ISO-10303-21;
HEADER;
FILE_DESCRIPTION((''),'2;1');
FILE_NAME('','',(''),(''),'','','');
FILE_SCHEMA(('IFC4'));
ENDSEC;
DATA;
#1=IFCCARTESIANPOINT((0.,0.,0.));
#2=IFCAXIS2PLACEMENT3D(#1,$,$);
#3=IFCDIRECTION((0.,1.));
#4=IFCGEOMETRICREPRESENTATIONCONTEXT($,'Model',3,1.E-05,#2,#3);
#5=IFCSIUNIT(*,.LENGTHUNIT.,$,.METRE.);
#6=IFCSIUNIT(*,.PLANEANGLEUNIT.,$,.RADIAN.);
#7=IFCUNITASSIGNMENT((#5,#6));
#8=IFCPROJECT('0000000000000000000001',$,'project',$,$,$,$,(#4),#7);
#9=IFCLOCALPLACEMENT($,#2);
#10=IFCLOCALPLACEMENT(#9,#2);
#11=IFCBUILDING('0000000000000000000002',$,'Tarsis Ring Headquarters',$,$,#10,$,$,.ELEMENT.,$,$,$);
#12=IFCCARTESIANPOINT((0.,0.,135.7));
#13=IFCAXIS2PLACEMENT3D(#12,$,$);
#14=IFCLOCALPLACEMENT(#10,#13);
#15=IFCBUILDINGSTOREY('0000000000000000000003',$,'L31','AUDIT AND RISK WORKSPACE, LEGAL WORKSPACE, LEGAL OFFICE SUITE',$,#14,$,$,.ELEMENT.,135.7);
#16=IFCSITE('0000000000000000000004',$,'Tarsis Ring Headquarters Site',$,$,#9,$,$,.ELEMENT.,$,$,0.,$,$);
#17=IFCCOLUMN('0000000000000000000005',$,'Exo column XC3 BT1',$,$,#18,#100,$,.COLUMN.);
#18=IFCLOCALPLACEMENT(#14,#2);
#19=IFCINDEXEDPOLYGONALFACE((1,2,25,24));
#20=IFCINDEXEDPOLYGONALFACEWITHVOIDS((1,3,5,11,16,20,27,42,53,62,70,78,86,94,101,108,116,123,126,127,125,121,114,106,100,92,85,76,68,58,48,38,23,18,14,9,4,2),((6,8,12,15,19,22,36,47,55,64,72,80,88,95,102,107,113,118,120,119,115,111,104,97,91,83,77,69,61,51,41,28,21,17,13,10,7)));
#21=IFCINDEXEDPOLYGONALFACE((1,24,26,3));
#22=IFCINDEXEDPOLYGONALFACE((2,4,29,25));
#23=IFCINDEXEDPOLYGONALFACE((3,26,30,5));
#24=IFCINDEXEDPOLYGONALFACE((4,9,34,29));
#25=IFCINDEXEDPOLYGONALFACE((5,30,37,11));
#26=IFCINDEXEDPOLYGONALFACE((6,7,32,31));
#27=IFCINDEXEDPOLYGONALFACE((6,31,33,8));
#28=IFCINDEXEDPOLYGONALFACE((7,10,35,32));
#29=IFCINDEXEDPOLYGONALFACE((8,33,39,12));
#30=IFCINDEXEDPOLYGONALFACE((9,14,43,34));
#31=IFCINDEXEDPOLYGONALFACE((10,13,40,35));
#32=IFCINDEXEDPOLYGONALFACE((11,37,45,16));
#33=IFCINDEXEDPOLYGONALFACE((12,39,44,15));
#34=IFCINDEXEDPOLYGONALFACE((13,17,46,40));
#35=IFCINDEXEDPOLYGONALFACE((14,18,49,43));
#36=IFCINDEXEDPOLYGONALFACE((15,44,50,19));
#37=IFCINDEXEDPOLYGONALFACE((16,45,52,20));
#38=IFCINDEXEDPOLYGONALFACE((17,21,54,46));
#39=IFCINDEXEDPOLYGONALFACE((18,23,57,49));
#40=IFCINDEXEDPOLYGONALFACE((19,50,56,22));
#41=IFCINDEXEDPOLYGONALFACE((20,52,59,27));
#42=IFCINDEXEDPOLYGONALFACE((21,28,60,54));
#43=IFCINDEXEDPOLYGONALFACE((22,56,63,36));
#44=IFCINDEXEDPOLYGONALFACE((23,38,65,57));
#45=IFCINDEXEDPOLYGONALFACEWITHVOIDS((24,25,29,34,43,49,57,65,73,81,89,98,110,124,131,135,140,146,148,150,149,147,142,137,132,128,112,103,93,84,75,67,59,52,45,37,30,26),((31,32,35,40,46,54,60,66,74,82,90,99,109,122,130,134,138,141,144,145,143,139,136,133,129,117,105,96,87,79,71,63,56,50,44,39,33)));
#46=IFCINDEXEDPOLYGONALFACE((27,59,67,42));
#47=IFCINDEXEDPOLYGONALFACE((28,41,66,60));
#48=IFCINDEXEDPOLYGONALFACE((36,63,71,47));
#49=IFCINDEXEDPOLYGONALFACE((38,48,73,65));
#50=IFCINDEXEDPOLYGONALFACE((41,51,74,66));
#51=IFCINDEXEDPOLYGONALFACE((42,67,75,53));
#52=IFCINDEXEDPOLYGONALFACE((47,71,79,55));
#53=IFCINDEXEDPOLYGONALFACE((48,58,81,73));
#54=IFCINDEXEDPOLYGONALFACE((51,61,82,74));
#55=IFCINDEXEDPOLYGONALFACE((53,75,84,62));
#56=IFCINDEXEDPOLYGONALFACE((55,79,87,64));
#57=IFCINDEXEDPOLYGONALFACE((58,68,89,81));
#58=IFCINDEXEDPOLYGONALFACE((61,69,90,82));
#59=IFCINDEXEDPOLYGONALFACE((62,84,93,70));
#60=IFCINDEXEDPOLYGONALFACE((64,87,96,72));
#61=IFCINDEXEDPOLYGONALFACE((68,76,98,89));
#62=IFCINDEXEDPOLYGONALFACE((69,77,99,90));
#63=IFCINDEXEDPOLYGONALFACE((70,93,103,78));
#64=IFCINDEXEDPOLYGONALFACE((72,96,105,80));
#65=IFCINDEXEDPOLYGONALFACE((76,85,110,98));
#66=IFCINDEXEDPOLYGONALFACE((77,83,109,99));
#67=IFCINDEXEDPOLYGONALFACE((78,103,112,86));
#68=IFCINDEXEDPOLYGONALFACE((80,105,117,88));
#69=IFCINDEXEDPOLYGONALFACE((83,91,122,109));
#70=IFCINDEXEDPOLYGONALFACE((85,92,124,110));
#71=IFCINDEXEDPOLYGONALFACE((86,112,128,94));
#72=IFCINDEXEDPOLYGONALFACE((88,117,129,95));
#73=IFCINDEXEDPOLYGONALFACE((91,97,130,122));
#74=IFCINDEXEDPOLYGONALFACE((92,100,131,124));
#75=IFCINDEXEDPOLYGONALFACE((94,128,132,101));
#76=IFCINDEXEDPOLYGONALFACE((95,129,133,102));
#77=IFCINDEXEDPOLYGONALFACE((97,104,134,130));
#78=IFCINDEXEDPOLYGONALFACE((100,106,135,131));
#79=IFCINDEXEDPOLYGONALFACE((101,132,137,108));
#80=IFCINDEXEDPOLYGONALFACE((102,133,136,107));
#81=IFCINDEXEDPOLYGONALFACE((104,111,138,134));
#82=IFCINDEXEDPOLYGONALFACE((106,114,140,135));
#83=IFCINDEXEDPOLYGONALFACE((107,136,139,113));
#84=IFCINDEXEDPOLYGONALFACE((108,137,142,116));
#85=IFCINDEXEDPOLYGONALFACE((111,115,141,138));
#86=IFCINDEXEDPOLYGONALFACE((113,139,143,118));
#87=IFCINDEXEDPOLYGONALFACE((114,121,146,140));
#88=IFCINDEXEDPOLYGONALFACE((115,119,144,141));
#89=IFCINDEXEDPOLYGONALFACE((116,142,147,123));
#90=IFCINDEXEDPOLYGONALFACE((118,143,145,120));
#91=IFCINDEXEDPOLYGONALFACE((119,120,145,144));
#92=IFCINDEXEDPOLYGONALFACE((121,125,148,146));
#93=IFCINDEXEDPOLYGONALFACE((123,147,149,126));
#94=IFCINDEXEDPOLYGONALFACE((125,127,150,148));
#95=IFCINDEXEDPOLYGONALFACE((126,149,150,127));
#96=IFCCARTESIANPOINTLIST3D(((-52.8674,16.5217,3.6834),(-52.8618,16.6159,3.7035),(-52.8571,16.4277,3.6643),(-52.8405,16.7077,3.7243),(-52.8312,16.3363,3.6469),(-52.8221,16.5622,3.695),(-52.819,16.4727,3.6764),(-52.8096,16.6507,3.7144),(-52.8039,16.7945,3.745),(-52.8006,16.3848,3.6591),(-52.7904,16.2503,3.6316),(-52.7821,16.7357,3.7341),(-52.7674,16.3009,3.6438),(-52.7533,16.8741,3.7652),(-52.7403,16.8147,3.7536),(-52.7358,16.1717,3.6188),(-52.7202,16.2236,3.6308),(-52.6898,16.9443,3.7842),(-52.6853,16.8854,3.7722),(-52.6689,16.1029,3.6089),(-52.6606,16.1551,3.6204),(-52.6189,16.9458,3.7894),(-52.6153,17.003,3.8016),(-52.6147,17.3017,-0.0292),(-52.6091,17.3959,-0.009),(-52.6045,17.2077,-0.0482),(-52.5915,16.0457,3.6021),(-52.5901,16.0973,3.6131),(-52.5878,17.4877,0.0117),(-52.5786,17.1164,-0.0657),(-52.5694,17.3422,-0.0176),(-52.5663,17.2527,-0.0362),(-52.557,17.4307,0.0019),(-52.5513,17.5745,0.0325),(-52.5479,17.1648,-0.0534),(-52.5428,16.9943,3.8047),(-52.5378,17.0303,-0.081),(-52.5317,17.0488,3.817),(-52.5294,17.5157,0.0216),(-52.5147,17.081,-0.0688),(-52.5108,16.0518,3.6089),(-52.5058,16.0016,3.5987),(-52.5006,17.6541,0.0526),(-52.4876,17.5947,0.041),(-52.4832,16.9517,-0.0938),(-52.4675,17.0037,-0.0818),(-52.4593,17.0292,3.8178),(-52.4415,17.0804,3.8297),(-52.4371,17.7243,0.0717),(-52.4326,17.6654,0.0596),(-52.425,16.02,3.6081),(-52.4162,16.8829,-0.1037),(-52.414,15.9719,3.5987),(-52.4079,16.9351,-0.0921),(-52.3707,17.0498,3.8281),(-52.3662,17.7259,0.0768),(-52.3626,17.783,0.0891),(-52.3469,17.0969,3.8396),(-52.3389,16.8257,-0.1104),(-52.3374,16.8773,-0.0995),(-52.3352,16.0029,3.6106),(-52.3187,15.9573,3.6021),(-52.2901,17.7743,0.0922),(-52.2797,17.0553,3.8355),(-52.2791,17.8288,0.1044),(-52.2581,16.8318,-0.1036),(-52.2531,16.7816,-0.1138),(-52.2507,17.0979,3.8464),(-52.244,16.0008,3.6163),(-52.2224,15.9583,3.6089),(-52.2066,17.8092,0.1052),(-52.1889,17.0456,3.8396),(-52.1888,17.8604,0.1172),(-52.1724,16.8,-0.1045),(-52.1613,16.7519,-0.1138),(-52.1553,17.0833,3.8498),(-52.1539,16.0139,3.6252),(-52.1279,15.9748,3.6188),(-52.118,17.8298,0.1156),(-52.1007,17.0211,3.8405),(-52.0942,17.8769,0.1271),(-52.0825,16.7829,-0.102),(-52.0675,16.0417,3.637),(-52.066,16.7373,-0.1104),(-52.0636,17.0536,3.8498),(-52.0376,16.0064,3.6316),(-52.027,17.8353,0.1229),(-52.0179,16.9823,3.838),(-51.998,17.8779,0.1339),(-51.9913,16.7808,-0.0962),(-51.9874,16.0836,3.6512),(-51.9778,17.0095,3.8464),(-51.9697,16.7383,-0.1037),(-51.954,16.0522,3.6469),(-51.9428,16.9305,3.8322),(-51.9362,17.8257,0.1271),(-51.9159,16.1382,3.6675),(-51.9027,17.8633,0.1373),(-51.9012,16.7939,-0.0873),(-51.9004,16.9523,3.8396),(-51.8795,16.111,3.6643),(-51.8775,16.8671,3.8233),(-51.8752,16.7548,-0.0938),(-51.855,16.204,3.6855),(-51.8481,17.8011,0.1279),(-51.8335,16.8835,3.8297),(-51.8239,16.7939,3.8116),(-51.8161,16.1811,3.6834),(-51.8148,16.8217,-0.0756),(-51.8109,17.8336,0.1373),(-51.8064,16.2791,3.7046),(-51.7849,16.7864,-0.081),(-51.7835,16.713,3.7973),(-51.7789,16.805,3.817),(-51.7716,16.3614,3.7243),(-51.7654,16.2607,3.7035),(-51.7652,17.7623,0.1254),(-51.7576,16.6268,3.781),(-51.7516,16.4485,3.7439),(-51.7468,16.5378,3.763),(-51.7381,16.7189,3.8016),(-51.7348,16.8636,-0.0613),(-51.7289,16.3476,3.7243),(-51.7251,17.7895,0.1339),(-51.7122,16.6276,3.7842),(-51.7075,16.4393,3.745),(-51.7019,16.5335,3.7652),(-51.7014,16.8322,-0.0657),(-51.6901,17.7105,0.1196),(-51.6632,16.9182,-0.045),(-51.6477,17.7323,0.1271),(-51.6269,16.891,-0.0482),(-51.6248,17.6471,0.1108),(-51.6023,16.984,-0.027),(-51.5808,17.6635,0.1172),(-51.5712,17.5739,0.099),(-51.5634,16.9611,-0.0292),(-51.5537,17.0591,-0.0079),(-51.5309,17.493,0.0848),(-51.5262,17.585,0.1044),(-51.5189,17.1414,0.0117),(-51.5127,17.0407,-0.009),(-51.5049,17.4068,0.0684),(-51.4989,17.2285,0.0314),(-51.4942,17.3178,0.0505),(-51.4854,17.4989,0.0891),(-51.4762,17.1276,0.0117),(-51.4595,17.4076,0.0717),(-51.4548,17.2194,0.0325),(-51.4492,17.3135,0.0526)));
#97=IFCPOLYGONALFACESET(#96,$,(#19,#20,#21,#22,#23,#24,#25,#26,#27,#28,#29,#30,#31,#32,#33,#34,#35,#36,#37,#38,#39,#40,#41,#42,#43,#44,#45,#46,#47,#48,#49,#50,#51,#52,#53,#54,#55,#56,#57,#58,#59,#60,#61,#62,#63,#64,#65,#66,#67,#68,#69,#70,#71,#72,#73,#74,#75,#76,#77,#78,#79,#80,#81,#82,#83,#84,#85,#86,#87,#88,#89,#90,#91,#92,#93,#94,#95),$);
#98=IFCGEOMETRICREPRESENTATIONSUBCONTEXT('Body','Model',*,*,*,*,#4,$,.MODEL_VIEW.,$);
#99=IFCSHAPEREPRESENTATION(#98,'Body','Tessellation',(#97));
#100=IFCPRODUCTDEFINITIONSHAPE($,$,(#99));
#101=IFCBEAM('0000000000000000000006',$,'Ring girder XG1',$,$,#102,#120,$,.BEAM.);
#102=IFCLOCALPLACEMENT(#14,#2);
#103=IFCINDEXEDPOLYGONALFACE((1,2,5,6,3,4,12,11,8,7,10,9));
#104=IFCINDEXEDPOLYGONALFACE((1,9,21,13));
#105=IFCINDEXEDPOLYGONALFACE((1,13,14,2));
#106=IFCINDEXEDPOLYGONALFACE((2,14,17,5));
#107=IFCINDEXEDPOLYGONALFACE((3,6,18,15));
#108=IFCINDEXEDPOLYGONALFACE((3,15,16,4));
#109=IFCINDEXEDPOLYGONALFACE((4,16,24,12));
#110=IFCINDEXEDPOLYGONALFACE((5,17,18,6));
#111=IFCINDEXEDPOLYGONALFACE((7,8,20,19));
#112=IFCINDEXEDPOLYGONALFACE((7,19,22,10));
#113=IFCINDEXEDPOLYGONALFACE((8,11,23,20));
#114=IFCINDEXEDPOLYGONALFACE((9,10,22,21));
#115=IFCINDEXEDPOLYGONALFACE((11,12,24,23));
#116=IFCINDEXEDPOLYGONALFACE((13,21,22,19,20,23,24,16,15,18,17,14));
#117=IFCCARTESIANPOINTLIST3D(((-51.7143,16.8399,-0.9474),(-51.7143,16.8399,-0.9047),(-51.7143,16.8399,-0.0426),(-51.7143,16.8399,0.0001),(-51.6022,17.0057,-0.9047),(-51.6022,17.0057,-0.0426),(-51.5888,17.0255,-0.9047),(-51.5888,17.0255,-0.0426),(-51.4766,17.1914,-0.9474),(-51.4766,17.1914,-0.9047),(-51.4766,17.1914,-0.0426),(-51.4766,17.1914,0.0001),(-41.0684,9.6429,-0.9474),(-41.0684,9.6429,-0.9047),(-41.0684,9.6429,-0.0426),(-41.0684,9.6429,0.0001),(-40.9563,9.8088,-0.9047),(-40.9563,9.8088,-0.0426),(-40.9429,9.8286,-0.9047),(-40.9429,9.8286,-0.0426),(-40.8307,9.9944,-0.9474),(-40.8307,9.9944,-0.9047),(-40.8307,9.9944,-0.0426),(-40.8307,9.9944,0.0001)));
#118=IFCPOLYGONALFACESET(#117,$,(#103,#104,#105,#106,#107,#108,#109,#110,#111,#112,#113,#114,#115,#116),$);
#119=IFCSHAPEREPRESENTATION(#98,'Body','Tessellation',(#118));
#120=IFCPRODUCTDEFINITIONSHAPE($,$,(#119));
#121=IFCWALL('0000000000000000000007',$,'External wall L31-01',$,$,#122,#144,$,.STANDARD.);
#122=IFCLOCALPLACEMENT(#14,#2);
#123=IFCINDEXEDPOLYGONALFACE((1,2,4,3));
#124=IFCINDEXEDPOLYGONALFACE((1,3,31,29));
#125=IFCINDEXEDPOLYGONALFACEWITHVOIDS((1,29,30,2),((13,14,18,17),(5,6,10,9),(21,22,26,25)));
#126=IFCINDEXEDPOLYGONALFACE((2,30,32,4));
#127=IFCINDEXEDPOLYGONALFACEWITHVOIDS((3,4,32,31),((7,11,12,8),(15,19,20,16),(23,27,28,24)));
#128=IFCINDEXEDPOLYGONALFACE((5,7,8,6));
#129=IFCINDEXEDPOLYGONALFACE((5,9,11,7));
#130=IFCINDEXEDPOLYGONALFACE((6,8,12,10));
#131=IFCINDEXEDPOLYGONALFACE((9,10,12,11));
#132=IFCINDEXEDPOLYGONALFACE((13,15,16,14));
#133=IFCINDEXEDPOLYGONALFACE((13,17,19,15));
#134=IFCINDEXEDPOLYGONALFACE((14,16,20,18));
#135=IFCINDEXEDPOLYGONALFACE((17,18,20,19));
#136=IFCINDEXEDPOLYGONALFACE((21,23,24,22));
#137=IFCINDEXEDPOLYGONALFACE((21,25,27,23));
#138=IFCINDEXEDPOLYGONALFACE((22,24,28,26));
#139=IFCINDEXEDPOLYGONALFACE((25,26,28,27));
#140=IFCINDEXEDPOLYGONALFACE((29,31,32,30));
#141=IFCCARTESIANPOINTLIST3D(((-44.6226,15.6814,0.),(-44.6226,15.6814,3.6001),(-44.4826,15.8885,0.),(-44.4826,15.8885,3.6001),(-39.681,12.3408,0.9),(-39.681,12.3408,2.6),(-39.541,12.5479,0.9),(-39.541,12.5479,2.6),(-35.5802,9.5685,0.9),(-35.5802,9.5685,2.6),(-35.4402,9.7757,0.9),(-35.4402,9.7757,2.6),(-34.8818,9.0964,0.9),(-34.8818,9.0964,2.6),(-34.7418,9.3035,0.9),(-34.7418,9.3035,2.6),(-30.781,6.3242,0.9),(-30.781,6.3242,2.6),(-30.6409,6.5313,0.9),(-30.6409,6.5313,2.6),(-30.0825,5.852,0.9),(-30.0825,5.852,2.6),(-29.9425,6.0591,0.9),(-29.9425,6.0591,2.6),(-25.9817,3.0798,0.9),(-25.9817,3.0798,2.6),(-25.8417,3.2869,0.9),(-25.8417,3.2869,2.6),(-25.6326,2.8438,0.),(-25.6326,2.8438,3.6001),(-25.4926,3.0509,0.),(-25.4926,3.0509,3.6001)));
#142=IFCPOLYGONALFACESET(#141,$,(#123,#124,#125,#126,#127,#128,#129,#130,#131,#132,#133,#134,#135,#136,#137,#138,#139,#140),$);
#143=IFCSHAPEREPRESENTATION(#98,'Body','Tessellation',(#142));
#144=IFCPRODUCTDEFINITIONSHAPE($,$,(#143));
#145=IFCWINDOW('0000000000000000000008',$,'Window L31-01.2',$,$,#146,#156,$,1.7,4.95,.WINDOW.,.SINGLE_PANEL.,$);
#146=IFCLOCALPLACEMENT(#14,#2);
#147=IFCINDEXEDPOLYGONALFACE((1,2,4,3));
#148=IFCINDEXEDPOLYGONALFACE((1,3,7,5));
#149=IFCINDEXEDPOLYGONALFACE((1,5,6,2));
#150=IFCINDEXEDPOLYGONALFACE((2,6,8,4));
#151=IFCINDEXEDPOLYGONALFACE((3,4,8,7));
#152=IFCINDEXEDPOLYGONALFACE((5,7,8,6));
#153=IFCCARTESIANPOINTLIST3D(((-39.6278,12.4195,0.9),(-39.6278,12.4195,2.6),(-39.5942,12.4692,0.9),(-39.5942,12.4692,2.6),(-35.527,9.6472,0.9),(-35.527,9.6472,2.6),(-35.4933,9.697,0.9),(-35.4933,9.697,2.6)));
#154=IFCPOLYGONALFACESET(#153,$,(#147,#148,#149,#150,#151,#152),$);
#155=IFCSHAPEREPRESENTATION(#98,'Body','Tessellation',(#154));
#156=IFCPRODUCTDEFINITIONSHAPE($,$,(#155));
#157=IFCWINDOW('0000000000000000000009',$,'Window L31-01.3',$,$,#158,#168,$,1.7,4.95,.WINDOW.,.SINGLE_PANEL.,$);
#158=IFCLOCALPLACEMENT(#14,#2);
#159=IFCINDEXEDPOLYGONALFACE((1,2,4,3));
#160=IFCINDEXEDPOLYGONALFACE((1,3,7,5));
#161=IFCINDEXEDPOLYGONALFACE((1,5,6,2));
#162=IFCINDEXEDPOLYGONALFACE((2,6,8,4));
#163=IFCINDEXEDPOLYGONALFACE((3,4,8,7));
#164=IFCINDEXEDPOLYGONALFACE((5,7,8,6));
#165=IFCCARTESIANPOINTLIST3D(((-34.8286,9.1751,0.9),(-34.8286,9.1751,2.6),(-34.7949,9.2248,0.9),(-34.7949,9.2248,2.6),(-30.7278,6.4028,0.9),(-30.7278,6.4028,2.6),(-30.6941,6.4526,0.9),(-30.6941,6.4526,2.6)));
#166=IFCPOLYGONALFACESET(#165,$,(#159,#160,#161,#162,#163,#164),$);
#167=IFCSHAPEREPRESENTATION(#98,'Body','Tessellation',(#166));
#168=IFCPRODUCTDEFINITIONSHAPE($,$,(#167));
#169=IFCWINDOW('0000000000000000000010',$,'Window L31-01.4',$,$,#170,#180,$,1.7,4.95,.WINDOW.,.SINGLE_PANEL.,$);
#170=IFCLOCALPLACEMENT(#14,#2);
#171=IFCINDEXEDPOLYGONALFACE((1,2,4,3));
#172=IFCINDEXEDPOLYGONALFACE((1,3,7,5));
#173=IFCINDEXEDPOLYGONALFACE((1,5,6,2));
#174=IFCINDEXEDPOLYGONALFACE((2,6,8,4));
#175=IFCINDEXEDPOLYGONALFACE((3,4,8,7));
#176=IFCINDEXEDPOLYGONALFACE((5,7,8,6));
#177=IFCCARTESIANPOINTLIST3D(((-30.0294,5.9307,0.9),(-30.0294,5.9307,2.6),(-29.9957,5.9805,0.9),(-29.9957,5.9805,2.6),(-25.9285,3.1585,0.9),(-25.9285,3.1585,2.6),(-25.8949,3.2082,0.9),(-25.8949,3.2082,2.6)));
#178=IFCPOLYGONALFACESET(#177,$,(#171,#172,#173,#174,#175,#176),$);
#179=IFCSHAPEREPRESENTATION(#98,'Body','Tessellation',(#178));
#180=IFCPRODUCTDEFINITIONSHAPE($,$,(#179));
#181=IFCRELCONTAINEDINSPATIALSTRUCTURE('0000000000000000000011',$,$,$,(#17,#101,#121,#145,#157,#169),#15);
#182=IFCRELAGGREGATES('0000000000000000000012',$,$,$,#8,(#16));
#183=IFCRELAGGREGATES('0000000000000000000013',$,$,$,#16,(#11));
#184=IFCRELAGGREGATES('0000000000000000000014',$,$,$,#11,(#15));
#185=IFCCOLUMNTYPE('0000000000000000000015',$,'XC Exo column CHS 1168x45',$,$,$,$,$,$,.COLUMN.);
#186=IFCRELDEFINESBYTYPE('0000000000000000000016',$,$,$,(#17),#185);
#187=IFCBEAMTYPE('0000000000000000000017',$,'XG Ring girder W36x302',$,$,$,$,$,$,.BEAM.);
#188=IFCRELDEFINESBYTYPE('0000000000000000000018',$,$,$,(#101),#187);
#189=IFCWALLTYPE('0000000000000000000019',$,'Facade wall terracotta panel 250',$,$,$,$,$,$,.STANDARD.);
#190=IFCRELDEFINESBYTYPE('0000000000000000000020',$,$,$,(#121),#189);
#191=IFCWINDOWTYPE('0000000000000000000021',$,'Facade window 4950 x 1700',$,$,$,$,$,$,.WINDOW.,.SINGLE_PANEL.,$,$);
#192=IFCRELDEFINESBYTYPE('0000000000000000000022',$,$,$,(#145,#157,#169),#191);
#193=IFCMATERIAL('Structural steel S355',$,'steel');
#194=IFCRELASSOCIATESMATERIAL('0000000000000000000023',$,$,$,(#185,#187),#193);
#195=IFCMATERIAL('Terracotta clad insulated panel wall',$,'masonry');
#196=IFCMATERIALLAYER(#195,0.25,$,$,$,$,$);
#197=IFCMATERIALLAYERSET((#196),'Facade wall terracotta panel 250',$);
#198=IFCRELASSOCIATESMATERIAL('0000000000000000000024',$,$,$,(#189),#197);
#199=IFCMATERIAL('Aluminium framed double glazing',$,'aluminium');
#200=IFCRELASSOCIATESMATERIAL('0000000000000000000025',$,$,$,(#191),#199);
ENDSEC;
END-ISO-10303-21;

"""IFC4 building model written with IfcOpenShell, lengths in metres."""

from ifc_helpers import new_model, si_unit, direction, frame, frame_2d, origin, origin_2d, place, context, subcontext, project, spatial, rectangle, hollow_circle, i_section, extrude, material, layer, layer_set, material_profile, profile_set, type_object, element, fill, save


model = new_model("IFC4")

# Units and contexts
model_context = context("Model", 3, precision=1e-05, world=origin(), true_north=direction((0.0, 1.0)))
body_context = subcontext(model_context, "Body", "Model", "MODEL_VIEW")
ifc_project = project(units=[si_unit("LENGTHUNIT", "METRE"), si_unit("PLANEANGLEUNIT", "RADIAN")], contexts=[model_context])

# Site, building, storey
site_placement = place(None, origin())
site = spatial("IfcSite", under=ifc_project, at=site_placement, Name="Tarsis Ring Headquarters Site", CompositionType="ELEMENT", RefElevation=0.0)
building_placement = place(site_placement, origin())
building = spatial("IfcBuilding", under=site, at=building_placement, Name="Tarsis Ring Headquarters", CompositionType="ELEMENT")
storey_placement = place(building_placement, frame((0.0, 0.0, 135.7)))
storey = spatial("IfcBuildingStorey", under=building, at=storey_placement, Name="L31", Description="AUDIT AND RISK WORKSPACE, LEGAL WORKSPACE, LEGAL OFFICE SUITE", CompositionType="ELEMENT", Elevation=135.7)

# Column
ifc_material_1 = material(Name="Structural steel S355", Category="steel")
ifc_material_profile_1 = material_profile(ifc_material_1, hollow_circle(Radius=0.5842, WallThickness=0.0449, at=origin_2d()), Name="CHS 1168x45")
ifc_profile_set_1 = profile_set([ifc_material_profile_1], Name="Structural steel S355")
column_type = type_object("IfcColumnType", Name="XC Exo column CHS 1168x45", PredefinedType="COLUMN", material=ifc_profile_set_1)
column_placement = place(storey_placement, frame((-52.032, 17.3076, 0.0117), z_axis=(-0.066459, -0.205157, 0.97647), x_axis=(0.951329, -0.308177, 0.0)))
element("IfcColumn", 1, at=column_placement, inside=storey, type_object=column_type, Name="Exo column XC3 BT1", PredefinedType="COLUMN", context=body_context, shape_type="SweptSolid", body=[
    extrude(hollow_circle(Radius=0.5842, WallThickness=0.0449, at=origin_2d()), origin(), (0.0, 0.0, 1.0), 3.802),
])

# Beam
ifc_material_profile_2 = material_profile(ifc_material_1, i_section(OverallWidth=0.4243, OverallDepth=0.9475, WebThickness=0.0239, FlangeThickness=0.0427, at=origin_2d()), Name="W36x302")
ifc_profile_set_2 = profile_set([ifc_material_profile_2], Name="Structural steel S355")
beam_type = type_object("IfcBeamType", Name="XG Ring girder W36x302", PredefinedType="BEAM", material=ifc_profile_set_2)
beam_placement = place(storey_placement, frame((-51.5955, 17.0156, -0.4736), z_axis=(0.828452, -0.560059, 0.0), x_axis=(0.560059, 0.828452, 0.0)))
element("IfcBeam", 2, at=beam_placement, inside=storey, type_object=beam_type, Name="Ring girder XG1", PredefinedType="BEAM", context=body_context, shape_type="SweptSolid", body=[
    extrude(i_section(OverallWidth=0.4243, OverallDepth=0.9475, WebThickness=0.0239, FlangeThickness=0.0427, at=origin_2d()), origin(), (0.0, 0.0, 1.0), 12.8503),
])

# Wall, openings, windows
ifc_material_2 = material(Name="Terracotta clad insulated panel wall", Category="masonry")
ifc_layer = layer(ifc_material_2, 0.25)
ifc_layer_set = layer_set([ifc_layer], Name="Facade wall terracotta panel 250")
wall_type = type_object("IfcWallType", Name="Facade wall terracotta panel 250", PredefinedType="STANDARD", material=ifc_layer_set)
wall_1_placement = place(storey_placement, frame((-44.5525, 15.7849, 0.0), z_axis=(0.0, 0.0, 1.0), x_axis=(0.828456, -0.560054, 0.0)))
wall_1 = element("IfcWall", 3, at=wall_1_placement, inside=storey, type_object=wall_type, Name="External wall L31-01", PredefinedType="STANDARD", context=body_context, shape_type="SweptSolid", body=[
    extrude(rectangle(XDim=22.9221, YDim=0.25, at=frame_2d((11.4609, 0.0))), origin(), (0.0, 0.0, 1.0), 3.6001),
])
opening_1_placement = place(wall_1_placement, frame((5.9646, 0.0, 0.8999)))
opening_1 = element("IfcOpeningElement", 4, at=opening_1_placement, cuts=wall_1, PredefinedType="OPENING", context=body_context, shape_type="SweptSolid", body=[
    extrude(rectangle(XDim=4.95, YDim=1.7, at=frame_2d((2.4751, 0.8501))), frame((0.0, 0.135, 0.0), z_axis=(0.0, -1.0, 0.0), x_axis=(1.0, 0.0, 0.0)), (0.0, 0.0, 1.0), 0.27),
])
opening_2_placement = place(wall_1_placement, frame((11.7576, 0.0, 0.8999)))
opening_2 = element("IfcOpeningElement", 5, at=opening_2_placement, cuts=wall_1, PredefinedType="OPENING", context=body_context, shape_type="SweptSolid", body=[
    extrude(rectangle(XDim=4.95, YDim=1.7, at=frame_2d((2.4751, 0.8501))), frame((0.0, 0.135, 0.0), z_axis=(0.0, -1.0, 0.0), x_axis=(1.0, 0.0, 0.0)), (0.0, 0.0, 1.0), 0.27),
])
opening_3_placement = place(wall_1_placement, frame((17.5505, 0.0, 0.8999)))
opening_3 = element("IfcOpeningElement", 6, at=opening_3_placement, cuts=wall_1, PredefinedType="OPENING", context=body_context, shape_type="SweptSolid", body=[
    extrude(rectangle(XDim=4.95, YDim=1.7, at=frame_2d((2.4751, 0.8501))), frame((0.0, 0.135, 0.0), z_axis=(0.0, -1.0, 0.0), x_axis=(1.0, 0.0, 0.0)), (0.0, 0.0, 1.0), 0.27),
])
ifc_material_3 = material(Name="Aluminium framed double glazing", Category="aluminium")
window_type = type_object("IfcWindowType", Name="Facade window 4950 x 1700", PartitioningType="SINGLE_PANEL", PredefinedType="WINDOW", material=ifc_material_3)
window_1_placement = place(opening_1_placement, origin())
window_1 = element("IfcWindow", 7, at=window_1_placement, inside=storey, type_object=window_type, Name="Window L31-01.2", OverallHeight=1.7, OverallWidth=4.95, PartitioningType="SINGLE_PANEL", PredefinedType="WINDOW", context=body_context, shape_type="SweptSolid", body=[
    extrude(rectangle(XDim=4.95, YDim=1.7, at=frame_2d((2.4751, 0.8501))), frame((0.0, 0.03, 0.0), z_axis=(0.0, -1.0, 0.0), x_axis=(1.0, 0.0, 0.0)), (0.0, 0.0, 1.0), 0.0601),
])
fill(opening_1, window_1)
window_2_placement = place(opening_2_placement, origin())
window_2 = element("IfcWindow", 8, at=window_2_placement, inside=storey, type_object=window_type, Name="Window L31-01.3", OverallHeight=1.7, OverallWidth=4.95, PartitioningType="SINGLE_PANEL", PredefinedType="WINDOW", context=body_context, shape_type="SweptSolid", body=[
    extrude(rectangle(XDim=4.95, YDim=1.7, at=frame_2d((2.4751, 0.8501))), frame((0.0, 0.03, 0.0), z_axis=(0.0, -1.0, 0.0), x_axis=(1.0, 0.0, 0.0)), (0.0, 0.0, 1.0), 0.0601),
])
fill(opening_2, window_2)
window_3_placement = place(opening_3_placement, origin())
window_3 = element("IfcWindow", 9, at=window_3_placement, inside=storey, type_object=window_type, Name="Window L31-01.4", OverallHeight=1.7, OverallWidth=4.95, PartitioningType="SINGLE_PANEL", PredefinedType="WINDOW", context=body_context, shape_type="SweptSolid", body=[
    extrude(rectangle(XDim=4.95, YDim=1.7, at=frame_2d((2.4751, 0.8501))), frame((0.0, 0.03, 0.0), z_axis=(0.0, -1.0, 0.0), x_axis=(1.0, 0.0, 0.0)), (0.0, 0.0, 1.0), 0.0601),
])
fill(opening_3, window_3)

save(model, "model.ifc")
